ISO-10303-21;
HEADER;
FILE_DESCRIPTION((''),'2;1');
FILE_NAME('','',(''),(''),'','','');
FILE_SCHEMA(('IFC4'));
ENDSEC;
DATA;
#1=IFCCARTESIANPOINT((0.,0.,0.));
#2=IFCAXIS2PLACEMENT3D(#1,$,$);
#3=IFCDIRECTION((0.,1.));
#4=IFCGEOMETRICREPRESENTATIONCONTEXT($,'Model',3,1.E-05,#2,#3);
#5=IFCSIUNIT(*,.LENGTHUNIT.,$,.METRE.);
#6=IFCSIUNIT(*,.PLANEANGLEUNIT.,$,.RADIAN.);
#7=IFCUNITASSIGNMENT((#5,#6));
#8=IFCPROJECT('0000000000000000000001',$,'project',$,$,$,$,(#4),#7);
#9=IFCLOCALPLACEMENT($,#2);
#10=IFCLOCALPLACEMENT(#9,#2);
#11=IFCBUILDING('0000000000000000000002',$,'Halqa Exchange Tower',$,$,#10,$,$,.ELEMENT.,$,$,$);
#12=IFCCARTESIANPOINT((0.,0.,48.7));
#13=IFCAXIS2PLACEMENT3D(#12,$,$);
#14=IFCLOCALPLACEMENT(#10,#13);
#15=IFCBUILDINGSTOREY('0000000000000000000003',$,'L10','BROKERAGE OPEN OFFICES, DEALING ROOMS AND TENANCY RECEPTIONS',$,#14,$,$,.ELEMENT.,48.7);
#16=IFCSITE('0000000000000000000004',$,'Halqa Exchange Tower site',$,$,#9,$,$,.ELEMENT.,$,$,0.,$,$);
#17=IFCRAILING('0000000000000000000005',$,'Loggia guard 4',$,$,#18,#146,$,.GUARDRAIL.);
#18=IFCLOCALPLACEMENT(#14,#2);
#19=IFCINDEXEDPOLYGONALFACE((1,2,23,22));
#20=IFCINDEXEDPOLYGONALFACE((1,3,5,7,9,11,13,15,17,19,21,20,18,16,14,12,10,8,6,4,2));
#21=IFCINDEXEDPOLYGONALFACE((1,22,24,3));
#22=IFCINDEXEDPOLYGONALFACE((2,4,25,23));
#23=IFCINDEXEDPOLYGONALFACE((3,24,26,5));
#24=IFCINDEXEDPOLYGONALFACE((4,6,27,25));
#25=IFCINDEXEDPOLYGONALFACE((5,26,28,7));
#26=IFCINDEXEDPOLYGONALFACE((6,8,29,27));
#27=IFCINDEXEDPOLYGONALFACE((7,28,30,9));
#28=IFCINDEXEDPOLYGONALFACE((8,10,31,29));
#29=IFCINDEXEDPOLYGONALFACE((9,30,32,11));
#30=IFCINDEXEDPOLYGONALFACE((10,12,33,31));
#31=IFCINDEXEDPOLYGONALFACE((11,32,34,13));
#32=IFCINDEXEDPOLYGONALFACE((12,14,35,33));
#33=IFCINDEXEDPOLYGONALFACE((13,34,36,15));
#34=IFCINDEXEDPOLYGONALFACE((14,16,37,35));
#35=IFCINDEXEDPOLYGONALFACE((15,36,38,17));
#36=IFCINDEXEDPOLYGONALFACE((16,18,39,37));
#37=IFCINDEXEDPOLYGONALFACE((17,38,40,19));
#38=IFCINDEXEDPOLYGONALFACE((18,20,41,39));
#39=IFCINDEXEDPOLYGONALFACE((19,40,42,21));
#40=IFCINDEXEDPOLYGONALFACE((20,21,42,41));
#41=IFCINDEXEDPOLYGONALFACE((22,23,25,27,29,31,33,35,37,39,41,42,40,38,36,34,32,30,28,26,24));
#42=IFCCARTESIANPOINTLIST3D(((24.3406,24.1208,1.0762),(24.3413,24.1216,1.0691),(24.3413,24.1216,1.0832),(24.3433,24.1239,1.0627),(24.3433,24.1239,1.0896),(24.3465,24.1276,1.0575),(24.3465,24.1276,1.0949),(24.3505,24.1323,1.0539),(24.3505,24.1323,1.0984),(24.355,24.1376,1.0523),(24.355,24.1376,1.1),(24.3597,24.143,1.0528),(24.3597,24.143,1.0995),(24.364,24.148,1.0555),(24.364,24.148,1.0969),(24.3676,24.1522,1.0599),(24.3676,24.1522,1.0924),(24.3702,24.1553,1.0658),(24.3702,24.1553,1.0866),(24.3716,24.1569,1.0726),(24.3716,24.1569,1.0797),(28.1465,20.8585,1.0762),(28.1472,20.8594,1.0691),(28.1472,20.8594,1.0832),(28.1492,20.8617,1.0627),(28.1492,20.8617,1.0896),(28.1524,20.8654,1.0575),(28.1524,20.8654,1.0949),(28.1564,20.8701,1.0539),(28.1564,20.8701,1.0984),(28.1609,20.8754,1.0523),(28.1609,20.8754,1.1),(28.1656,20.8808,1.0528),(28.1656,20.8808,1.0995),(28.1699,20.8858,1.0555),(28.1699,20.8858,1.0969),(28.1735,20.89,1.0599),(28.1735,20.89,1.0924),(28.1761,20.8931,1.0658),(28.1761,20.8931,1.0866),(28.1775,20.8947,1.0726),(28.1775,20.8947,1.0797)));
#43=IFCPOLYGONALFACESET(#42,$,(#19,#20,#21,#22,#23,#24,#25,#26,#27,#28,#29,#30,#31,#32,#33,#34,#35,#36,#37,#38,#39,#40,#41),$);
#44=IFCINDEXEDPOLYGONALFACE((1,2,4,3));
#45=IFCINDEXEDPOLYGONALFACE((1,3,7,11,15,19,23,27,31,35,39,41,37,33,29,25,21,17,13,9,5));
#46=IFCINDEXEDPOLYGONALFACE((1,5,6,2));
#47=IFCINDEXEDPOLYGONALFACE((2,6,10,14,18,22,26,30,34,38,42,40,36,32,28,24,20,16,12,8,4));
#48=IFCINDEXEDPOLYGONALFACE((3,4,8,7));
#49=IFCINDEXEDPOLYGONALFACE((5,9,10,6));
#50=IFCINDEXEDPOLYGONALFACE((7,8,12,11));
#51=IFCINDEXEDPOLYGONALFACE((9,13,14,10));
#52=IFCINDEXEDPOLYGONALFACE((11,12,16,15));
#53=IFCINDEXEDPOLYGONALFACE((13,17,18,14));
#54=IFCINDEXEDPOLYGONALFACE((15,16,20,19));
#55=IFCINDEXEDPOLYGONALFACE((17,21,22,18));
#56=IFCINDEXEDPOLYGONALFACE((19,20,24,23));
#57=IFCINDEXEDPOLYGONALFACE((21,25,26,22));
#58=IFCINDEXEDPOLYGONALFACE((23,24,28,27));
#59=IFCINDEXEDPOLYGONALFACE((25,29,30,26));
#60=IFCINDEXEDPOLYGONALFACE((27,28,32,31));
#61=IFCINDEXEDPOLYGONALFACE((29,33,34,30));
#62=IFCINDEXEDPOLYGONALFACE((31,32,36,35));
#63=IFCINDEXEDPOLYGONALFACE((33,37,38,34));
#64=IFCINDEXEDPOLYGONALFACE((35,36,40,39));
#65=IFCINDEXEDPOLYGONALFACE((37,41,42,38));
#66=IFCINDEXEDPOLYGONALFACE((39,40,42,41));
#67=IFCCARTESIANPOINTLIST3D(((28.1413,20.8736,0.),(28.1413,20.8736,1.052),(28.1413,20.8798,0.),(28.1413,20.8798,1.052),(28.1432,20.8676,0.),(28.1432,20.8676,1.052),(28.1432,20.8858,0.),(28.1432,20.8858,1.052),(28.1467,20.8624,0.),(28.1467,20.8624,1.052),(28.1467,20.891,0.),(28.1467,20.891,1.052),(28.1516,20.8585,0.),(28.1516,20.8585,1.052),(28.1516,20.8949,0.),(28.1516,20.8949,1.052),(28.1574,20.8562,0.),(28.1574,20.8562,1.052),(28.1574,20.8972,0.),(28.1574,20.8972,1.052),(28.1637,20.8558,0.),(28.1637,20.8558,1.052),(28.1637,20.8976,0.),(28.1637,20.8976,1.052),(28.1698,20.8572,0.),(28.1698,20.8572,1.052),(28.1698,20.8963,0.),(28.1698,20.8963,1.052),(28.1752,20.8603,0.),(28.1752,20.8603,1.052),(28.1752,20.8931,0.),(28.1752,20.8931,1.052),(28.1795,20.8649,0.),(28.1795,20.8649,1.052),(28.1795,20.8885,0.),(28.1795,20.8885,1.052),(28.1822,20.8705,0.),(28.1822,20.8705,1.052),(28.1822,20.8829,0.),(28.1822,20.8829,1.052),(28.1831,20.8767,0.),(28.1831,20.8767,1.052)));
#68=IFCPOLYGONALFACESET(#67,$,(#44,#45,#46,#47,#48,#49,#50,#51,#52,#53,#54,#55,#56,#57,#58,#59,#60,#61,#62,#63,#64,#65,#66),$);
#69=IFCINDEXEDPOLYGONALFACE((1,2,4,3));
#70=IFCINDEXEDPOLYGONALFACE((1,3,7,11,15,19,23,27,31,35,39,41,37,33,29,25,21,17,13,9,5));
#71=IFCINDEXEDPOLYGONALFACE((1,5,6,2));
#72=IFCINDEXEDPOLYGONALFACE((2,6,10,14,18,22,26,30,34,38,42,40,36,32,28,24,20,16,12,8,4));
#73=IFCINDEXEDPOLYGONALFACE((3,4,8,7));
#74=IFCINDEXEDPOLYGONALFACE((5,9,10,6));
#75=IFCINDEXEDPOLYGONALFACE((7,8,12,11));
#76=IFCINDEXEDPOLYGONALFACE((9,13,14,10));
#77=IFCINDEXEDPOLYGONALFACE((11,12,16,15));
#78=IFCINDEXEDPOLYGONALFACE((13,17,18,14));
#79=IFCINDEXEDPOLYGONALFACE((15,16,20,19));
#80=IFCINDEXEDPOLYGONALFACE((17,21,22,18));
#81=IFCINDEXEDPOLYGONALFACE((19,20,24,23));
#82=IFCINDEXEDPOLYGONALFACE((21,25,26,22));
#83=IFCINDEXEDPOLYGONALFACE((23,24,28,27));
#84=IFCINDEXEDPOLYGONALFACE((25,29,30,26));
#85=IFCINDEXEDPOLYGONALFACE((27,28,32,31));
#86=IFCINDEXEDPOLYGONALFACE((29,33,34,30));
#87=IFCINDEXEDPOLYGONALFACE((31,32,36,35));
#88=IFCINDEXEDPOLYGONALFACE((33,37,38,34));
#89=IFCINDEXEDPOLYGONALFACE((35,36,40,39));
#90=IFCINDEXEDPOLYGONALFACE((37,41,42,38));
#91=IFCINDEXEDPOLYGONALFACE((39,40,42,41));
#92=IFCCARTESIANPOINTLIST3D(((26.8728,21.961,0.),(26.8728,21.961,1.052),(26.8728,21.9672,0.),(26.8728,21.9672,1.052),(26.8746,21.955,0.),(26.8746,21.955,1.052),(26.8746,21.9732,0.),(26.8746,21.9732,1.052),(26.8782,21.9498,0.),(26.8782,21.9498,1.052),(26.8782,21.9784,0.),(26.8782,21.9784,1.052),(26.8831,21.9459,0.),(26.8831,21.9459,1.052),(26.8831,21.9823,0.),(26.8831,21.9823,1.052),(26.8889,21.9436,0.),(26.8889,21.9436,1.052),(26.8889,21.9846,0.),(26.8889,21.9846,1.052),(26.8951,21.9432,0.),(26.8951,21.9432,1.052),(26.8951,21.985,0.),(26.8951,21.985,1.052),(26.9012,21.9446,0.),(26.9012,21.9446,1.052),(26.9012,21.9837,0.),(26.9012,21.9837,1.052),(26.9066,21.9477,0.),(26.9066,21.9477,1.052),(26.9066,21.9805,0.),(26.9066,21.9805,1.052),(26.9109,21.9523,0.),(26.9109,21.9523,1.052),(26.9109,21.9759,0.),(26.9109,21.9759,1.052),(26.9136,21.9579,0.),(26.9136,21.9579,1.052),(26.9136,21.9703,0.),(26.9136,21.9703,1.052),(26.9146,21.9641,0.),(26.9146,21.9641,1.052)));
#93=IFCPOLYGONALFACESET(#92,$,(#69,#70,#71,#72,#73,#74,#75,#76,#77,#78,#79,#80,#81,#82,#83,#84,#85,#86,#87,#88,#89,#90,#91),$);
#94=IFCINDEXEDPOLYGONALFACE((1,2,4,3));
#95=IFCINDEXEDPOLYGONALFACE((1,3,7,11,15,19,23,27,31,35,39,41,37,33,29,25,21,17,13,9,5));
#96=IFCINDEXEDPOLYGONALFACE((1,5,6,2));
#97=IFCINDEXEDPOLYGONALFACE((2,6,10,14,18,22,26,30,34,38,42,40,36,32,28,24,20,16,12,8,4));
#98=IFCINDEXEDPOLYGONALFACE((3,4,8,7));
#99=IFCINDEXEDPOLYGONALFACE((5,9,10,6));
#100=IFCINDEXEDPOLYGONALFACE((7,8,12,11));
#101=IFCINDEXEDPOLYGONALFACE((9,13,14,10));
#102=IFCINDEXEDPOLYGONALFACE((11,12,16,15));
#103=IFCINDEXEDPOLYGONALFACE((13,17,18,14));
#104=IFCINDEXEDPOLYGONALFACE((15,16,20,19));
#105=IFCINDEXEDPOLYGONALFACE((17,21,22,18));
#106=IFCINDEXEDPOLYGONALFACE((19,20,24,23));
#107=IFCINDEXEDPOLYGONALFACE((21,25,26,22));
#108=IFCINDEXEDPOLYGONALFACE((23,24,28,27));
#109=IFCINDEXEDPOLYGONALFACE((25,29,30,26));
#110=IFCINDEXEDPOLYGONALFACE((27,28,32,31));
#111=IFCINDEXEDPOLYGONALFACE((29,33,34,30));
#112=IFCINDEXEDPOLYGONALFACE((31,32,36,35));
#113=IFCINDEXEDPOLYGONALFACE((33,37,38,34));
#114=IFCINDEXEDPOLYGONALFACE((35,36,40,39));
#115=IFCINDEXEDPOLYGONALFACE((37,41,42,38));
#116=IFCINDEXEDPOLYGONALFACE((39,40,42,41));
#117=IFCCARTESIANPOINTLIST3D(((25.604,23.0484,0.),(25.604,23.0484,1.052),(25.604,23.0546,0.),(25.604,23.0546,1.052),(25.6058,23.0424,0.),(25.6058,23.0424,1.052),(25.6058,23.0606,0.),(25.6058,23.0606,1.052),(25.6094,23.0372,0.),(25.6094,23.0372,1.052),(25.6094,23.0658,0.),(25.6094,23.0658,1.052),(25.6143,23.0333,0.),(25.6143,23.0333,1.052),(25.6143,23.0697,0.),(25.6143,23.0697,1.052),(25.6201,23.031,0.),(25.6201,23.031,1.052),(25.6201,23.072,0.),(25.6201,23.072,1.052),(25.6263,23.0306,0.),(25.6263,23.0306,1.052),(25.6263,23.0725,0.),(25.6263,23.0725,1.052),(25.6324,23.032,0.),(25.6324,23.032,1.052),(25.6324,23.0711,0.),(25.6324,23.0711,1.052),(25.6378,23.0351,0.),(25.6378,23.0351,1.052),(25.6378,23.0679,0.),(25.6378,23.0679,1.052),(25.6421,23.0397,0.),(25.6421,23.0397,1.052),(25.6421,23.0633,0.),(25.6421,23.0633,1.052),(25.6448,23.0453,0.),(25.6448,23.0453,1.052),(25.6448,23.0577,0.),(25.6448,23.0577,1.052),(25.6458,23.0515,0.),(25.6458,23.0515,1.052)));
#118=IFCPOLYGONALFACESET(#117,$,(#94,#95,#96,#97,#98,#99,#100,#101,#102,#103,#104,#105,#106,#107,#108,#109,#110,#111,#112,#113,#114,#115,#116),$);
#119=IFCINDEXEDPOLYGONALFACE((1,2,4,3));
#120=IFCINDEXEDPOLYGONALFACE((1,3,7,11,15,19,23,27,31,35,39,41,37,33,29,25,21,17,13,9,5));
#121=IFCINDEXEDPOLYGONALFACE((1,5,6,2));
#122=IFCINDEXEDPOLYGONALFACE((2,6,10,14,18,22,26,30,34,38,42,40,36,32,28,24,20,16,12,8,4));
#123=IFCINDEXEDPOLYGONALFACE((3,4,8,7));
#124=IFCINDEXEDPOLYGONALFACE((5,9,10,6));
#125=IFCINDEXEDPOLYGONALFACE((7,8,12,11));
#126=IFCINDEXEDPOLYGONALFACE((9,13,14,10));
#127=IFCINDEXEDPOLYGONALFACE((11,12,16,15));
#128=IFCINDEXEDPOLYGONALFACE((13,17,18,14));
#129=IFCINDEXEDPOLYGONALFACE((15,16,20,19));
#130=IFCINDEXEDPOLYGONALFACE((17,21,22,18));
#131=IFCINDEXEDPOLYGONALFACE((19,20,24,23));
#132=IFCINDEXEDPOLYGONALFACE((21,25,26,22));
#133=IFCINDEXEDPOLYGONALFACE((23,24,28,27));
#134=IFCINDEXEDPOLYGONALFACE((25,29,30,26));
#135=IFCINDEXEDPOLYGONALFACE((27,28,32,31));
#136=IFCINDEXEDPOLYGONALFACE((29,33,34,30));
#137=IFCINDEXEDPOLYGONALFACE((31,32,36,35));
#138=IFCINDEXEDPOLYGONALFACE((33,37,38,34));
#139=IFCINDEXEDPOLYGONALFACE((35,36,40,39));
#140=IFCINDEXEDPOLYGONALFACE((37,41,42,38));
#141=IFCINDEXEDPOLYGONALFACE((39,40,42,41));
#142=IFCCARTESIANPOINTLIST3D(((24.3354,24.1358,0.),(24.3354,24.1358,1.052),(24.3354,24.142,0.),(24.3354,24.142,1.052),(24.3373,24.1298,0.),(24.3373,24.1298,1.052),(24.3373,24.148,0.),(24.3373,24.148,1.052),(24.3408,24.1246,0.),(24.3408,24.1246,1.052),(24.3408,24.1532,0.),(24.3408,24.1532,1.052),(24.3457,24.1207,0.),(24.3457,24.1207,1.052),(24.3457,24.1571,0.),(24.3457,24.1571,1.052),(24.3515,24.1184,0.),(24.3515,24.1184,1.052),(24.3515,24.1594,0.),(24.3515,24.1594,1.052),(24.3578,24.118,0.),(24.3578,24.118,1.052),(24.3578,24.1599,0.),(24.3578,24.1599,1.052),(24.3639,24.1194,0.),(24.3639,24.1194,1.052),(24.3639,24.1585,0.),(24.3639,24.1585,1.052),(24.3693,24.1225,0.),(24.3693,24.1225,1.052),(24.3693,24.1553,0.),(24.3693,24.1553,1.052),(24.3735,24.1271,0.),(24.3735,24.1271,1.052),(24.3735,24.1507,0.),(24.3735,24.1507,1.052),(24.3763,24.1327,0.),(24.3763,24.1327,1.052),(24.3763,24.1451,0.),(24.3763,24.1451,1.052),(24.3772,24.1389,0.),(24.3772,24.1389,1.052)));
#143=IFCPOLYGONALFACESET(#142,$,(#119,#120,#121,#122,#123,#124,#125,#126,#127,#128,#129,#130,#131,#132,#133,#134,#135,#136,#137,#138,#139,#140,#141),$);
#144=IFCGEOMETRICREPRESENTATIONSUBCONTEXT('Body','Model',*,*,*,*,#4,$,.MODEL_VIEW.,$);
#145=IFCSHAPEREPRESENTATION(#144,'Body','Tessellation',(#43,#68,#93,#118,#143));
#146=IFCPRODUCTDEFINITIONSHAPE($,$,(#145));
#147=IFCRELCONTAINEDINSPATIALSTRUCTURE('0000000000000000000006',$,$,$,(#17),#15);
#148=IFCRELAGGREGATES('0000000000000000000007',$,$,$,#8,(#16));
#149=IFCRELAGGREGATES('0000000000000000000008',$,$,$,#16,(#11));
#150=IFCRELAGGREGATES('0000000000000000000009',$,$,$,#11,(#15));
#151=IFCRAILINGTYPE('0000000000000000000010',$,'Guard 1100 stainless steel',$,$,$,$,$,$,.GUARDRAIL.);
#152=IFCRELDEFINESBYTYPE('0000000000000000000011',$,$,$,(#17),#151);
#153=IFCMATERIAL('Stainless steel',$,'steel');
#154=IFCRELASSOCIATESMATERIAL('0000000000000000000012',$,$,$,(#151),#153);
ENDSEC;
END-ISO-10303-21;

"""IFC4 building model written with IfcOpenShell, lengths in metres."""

from ifc_helpers import new_model, si_unit, direction, frame, origin, origin_2d, place, context, subcontext, project, spatial, circle, extrude, material, type_object, element, save


model = new_model("IFC4")

# Units and contexts
model_context = context("Model", 3, precision=1e-05, world=origin(), true_north=direction((0.0, 1.0)))
body_context = subcontext(model_context, "Body", "Model", "MODEL_VIEW")
ifc_project = project(units=[si_unit("LENGTHUNIT", "METRE"), si_unit("PLANEANGLEUNIT", "RADIAN")], contexts=[model_context])

# Site, building, storey
site_placement = place(None, origin())
site = spatial("IfcSite", under=ifc_project, at=site_placement, Name="Halqa Exchange Tower site", CompositionType="ELEMENT", RefElevation=0.0)
building_placement = place(site_placement, origin())
building = spatial("IfcBuilding", under=site, at=building_placement, Name="Halqa Exchange Tower", CompositionType="ELEMENT")
storey_placement = place(building_placement, frame((0.0, 0.0, 48.7)))
storey = spatial("IfcBuildingStorey", under=building, at=storey_placement, Name="L10", Description="BROKERAGE OPEN OFFICES, DEALING ROOMS AND TENANCY RECEPTIONS", CompositionType="ELEMENT", Elevation=48.7)

# Railing
ifc_material_1 = material(Name="Stainless steel", Category="steel")
railing_type = type_object("IfcRailingType", Name="Guard 1100 stainless steel", PredefinedType="GUARDRAIL", material=ifc_material_1)
railing_1_placement = place(storey_placement, frame((28.1621, 20.8767, 0.0)))
element("IfcRailing", 1, at=railing_1_placement, inside=storey, type_object=railing_type, Name="Loggia guard 4", PredefinedType="GUARDRAIL", context=body_context, shape_type="SweptSolid", body=[
    extrude(circle(Radius=0.0239, at=origin_2d()), frame((0.0, 0.0, 1.0762), z_axis=(-0.759257, 0.650791, 0.0), x_axis=(-0.650791, -0.759257, 0.0)), (0.0, 0.0, 1.0), 5.0127),
    extrude(circle(Radius=0.021, at=origin_2d()), origin(), (0.0, 0.0, 1.0), 1.052),
    extrude(circle(Radius=0.021, at=origin_2d()), frame((-1.2686, 1.0874, 0.0)), (0.0, 0.0, 1.0), 1.052),
    extrude(circle(Radius=0.021, at=origin_2d()), frame((-2.5374, 2.1748, 0.0)), (0.0, 0.0, 1.0), 1.052),
    extrude(circle(Radius=0.021, at=origin_2d()), frame((-3.8059, 3.2622, 0.0)), (0.0, 0.0, 1.0), 1.052),
])

save(model, "model.ifc")
